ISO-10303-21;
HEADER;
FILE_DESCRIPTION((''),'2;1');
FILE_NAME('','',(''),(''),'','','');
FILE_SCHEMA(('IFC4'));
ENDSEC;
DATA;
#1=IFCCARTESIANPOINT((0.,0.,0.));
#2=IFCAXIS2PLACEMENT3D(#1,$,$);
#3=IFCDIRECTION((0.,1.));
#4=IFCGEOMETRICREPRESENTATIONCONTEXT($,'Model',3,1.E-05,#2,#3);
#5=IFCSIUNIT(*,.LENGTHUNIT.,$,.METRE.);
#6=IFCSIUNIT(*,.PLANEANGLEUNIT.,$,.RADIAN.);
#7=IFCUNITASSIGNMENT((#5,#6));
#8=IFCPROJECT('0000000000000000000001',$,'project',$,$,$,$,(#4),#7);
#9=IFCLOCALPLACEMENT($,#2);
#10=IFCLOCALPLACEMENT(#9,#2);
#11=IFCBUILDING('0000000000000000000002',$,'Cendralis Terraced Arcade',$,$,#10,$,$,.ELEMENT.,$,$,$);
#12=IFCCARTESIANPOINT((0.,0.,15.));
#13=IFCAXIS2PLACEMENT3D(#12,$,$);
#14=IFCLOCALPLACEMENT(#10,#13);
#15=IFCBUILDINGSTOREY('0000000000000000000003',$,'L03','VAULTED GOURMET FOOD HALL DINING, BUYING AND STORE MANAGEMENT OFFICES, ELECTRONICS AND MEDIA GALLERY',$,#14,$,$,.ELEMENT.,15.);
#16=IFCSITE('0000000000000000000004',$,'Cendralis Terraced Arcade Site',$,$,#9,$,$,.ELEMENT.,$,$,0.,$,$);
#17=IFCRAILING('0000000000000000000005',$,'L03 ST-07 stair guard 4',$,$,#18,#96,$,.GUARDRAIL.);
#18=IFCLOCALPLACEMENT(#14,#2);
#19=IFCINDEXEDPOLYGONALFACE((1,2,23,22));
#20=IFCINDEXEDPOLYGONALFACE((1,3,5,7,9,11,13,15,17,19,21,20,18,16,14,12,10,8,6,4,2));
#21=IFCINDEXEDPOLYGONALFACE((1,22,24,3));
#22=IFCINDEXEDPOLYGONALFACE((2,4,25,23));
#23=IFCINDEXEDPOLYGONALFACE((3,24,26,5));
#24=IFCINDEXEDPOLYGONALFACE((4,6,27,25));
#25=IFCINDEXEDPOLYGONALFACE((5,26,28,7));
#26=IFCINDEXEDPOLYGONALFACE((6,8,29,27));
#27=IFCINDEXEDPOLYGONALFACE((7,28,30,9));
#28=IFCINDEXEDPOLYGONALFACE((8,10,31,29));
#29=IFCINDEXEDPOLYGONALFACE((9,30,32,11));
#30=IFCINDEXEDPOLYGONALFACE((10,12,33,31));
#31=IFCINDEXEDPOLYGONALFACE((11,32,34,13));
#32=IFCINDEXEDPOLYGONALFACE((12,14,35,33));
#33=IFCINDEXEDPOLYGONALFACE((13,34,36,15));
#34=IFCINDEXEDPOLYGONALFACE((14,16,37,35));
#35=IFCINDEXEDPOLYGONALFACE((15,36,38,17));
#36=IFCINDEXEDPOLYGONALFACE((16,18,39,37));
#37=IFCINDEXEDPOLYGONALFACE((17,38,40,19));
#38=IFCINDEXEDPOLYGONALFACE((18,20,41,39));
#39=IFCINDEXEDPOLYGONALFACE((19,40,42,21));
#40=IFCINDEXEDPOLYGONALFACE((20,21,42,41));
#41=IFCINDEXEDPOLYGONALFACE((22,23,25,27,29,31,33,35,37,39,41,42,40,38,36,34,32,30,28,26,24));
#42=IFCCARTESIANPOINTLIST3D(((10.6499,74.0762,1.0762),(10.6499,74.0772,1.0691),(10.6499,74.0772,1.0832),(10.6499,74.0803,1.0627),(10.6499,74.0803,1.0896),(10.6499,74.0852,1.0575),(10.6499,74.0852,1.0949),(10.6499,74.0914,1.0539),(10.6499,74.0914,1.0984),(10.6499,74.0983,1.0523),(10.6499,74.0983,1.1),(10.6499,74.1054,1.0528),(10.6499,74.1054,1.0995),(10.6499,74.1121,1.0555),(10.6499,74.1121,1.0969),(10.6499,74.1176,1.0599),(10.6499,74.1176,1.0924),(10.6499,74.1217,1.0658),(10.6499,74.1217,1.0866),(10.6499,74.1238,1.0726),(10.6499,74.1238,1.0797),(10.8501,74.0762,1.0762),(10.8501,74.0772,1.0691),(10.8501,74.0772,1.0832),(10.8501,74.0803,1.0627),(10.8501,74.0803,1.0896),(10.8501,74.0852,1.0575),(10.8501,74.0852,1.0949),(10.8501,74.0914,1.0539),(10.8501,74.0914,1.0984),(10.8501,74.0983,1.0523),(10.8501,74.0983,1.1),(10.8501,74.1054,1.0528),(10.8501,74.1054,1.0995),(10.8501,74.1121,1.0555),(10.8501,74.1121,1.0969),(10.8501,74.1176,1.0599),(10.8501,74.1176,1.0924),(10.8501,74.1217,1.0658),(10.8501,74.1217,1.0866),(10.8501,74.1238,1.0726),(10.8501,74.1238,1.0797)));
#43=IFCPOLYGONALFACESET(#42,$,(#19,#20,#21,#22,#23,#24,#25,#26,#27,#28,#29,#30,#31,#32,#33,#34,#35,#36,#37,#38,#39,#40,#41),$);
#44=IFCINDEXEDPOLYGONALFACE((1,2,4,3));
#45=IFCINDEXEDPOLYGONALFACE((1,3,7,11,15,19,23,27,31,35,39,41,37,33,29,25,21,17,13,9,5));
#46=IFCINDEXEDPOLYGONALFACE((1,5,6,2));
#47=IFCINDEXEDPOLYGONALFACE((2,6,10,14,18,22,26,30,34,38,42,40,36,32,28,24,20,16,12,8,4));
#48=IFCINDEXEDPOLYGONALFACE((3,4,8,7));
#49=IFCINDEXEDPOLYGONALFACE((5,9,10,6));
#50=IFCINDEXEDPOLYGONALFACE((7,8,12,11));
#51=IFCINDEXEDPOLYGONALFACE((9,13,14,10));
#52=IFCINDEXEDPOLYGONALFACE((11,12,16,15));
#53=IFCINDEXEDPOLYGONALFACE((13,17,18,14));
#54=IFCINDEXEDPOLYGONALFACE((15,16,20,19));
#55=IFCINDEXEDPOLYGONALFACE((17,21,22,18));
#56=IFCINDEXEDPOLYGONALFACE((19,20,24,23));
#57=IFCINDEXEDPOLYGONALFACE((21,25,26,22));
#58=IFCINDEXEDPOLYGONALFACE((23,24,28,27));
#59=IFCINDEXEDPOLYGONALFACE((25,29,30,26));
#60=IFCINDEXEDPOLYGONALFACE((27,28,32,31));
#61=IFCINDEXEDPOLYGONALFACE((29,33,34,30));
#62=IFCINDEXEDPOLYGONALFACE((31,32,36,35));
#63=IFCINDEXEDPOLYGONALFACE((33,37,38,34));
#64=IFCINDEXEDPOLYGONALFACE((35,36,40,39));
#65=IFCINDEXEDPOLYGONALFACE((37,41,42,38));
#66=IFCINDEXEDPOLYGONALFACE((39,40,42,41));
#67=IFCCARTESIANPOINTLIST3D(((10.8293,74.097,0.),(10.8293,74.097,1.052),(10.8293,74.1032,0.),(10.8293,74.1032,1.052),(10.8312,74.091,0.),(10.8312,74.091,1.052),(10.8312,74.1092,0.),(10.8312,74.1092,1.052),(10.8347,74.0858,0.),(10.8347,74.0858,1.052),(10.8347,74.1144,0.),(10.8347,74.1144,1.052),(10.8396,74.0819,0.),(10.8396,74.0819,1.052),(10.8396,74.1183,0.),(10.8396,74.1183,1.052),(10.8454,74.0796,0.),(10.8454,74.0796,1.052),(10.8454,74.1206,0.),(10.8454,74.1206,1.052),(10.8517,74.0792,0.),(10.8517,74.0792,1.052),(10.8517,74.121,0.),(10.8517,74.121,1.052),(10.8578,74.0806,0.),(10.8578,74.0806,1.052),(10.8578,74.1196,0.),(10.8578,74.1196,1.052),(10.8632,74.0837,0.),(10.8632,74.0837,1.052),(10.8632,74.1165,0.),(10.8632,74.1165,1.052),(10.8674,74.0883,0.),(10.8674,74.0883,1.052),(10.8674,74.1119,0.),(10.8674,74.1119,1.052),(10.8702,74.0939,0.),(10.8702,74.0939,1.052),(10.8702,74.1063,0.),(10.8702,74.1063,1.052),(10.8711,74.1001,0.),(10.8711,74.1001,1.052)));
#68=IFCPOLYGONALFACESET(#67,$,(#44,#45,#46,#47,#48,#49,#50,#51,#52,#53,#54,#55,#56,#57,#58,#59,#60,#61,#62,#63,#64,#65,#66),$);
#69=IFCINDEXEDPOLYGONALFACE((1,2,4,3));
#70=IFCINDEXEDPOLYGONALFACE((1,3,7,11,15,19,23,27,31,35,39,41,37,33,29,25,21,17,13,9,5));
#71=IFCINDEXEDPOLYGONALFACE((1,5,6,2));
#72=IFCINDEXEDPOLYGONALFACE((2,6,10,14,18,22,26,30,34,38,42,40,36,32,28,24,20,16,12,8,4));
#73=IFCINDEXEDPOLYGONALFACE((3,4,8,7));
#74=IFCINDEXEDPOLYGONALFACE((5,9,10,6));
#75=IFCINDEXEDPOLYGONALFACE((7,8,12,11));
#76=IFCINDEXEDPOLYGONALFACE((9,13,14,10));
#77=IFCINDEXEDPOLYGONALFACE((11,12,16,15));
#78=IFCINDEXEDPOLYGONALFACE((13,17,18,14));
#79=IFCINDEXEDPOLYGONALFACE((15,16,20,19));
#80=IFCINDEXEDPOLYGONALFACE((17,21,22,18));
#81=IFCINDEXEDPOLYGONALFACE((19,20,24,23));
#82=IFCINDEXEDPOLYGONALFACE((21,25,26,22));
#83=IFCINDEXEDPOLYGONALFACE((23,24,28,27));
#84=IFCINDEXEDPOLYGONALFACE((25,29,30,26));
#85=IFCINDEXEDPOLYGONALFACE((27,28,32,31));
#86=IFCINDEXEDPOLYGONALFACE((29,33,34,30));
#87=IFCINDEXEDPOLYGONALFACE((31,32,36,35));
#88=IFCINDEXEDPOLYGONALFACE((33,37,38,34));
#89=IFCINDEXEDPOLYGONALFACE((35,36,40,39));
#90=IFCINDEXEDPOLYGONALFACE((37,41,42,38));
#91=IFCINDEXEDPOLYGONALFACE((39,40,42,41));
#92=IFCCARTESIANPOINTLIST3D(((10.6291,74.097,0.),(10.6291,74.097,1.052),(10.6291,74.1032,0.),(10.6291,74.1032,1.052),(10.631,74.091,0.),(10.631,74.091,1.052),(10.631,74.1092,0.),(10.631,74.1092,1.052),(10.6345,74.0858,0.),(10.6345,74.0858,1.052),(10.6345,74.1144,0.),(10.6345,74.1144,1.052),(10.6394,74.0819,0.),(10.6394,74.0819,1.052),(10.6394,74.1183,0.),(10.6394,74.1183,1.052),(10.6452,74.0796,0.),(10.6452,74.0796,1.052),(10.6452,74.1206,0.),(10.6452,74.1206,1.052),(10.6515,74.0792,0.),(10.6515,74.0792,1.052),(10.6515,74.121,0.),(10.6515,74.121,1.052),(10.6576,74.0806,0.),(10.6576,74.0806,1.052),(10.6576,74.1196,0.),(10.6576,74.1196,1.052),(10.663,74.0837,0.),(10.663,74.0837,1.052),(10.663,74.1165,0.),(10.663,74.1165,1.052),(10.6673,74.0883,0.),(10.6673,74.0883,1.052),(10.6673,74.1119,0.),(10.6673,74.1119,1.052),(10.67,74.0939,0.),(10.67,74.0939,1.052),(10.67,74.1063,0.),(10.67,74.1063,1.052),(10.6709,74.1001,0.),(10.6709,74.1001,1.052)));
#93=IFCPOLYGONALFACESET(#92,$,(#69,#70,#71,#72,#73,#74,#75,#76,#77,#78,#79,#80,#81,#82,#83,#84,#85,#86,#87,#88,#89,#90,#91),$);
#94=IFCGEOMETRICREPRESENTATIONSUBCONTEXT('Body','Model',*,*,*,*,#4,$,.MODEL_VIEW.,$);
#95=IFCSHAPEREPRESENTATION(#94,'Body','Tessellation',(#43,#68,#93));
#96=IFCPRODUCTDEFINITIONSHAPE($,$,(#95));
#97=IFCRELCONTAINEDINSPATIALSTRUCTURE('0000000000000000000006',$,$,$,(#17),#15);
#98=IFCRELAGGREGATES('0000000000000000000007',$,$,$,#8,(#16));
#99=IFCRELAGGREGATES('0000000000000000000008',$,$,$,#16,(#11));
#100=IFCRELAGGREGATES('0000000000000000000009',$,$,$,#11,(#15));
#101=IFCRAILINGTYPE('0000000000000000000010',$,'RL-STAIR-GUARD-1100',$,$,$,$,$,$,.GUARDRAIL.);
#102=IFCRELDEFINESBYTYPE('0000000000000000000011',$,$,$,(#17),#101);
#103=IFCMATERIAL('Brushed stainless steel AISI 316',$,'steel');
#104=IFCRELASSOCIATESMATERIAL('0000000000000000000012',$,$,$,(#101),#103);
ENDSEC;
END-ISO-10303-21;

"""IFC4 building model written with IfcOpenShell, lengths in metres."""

from ifc_helpers import new_model, si_unit, direction, frame, origin, origin_2d, place, context, subcontext, project, spatial, circle, extrude, material, type_object, element, save


model = new_model("IFC4")

# Units and contexts
model_context = context("Model", 3, precision=1e-05, world=origin(), true_north=direction((0.0, 1.0)))
body_context = subcontext(model_context, "Body", "Model", "MODEL_VIEW")
ifc_project = project(units=[si_unit("LENGTHUNIT", "METRE"), si_unit("PLANEANGLEUNIT", "RADIAN")], contexts=[model_context])

# Site, building, storey
site_placement = place(None, origin())
site = spatial("IfcSite", under=ifc_project, at=site_placement, Name="Cendralis Terraced Arcade Site", CompositionType="ELEMENT", RefElevation=0.0)
building_placement = place(site_placement, origin())
building = spatial("IfcBuilding", under=site, at=building_placement, Name="Cendralis Terraced Arcade", CompositionType="ELEMENT")
storey_placement = place(building_placement, frame((0.0, 0.0, 15.0)))
storey = spatial("IfcBuildingStorey", under=building, at=storey_placement, Name="L03", Description="VAULTED GOURMET FOOD HALL DINING, BUYING AND STORE MANAGEMENT OFFICES, ELECTRONICS AND MEDIA GALLERY", CompositionType="ELEMENT", Elevation=15.0)

# Railing
ifc_material_1 = material(Name="Brushed stainless steel AISI 316", Category="steel")
railing_type_1 = type_object("IfcRailingType", Name="RL-STAIR-GUARD-1100", PredefinedType="GUARDRAIL", material=ifc_material_1)
railing_1_placement = place(storey_placement, frame((10.8501, 74.1001, 0.0)))
element("IfcRailing", 1, at=railing_1_placement, inside=storey, type_object=railing_type_1, Name="L03 ST-07 stair guard 4", PredefinedType="GUARDRAIL", context=body_context, shape_type="SweptSolid", body=[
    extrude(circle(Radius=0.0239, at=origin_2d()), frame((0.0, 0.0, 1.0762), z_axis=(-1.0, 0.0, 0.0), x_axis=(0.0, -1.0, 0.0)), (0.0, 0.0, 1.0), 0.2002),
    extrude(circle(Radius=0.021, at=origin_2d()), origin(), (0.0, 0.0, 1.0), 1.052),
    extrude(circle(Radius=0.021, at=origin_2d()), frame((-0.2002, 0.0, 0.0)), (0.0, 0.0, 1.0), 1.052),
])

save(model, "model.ifc")
